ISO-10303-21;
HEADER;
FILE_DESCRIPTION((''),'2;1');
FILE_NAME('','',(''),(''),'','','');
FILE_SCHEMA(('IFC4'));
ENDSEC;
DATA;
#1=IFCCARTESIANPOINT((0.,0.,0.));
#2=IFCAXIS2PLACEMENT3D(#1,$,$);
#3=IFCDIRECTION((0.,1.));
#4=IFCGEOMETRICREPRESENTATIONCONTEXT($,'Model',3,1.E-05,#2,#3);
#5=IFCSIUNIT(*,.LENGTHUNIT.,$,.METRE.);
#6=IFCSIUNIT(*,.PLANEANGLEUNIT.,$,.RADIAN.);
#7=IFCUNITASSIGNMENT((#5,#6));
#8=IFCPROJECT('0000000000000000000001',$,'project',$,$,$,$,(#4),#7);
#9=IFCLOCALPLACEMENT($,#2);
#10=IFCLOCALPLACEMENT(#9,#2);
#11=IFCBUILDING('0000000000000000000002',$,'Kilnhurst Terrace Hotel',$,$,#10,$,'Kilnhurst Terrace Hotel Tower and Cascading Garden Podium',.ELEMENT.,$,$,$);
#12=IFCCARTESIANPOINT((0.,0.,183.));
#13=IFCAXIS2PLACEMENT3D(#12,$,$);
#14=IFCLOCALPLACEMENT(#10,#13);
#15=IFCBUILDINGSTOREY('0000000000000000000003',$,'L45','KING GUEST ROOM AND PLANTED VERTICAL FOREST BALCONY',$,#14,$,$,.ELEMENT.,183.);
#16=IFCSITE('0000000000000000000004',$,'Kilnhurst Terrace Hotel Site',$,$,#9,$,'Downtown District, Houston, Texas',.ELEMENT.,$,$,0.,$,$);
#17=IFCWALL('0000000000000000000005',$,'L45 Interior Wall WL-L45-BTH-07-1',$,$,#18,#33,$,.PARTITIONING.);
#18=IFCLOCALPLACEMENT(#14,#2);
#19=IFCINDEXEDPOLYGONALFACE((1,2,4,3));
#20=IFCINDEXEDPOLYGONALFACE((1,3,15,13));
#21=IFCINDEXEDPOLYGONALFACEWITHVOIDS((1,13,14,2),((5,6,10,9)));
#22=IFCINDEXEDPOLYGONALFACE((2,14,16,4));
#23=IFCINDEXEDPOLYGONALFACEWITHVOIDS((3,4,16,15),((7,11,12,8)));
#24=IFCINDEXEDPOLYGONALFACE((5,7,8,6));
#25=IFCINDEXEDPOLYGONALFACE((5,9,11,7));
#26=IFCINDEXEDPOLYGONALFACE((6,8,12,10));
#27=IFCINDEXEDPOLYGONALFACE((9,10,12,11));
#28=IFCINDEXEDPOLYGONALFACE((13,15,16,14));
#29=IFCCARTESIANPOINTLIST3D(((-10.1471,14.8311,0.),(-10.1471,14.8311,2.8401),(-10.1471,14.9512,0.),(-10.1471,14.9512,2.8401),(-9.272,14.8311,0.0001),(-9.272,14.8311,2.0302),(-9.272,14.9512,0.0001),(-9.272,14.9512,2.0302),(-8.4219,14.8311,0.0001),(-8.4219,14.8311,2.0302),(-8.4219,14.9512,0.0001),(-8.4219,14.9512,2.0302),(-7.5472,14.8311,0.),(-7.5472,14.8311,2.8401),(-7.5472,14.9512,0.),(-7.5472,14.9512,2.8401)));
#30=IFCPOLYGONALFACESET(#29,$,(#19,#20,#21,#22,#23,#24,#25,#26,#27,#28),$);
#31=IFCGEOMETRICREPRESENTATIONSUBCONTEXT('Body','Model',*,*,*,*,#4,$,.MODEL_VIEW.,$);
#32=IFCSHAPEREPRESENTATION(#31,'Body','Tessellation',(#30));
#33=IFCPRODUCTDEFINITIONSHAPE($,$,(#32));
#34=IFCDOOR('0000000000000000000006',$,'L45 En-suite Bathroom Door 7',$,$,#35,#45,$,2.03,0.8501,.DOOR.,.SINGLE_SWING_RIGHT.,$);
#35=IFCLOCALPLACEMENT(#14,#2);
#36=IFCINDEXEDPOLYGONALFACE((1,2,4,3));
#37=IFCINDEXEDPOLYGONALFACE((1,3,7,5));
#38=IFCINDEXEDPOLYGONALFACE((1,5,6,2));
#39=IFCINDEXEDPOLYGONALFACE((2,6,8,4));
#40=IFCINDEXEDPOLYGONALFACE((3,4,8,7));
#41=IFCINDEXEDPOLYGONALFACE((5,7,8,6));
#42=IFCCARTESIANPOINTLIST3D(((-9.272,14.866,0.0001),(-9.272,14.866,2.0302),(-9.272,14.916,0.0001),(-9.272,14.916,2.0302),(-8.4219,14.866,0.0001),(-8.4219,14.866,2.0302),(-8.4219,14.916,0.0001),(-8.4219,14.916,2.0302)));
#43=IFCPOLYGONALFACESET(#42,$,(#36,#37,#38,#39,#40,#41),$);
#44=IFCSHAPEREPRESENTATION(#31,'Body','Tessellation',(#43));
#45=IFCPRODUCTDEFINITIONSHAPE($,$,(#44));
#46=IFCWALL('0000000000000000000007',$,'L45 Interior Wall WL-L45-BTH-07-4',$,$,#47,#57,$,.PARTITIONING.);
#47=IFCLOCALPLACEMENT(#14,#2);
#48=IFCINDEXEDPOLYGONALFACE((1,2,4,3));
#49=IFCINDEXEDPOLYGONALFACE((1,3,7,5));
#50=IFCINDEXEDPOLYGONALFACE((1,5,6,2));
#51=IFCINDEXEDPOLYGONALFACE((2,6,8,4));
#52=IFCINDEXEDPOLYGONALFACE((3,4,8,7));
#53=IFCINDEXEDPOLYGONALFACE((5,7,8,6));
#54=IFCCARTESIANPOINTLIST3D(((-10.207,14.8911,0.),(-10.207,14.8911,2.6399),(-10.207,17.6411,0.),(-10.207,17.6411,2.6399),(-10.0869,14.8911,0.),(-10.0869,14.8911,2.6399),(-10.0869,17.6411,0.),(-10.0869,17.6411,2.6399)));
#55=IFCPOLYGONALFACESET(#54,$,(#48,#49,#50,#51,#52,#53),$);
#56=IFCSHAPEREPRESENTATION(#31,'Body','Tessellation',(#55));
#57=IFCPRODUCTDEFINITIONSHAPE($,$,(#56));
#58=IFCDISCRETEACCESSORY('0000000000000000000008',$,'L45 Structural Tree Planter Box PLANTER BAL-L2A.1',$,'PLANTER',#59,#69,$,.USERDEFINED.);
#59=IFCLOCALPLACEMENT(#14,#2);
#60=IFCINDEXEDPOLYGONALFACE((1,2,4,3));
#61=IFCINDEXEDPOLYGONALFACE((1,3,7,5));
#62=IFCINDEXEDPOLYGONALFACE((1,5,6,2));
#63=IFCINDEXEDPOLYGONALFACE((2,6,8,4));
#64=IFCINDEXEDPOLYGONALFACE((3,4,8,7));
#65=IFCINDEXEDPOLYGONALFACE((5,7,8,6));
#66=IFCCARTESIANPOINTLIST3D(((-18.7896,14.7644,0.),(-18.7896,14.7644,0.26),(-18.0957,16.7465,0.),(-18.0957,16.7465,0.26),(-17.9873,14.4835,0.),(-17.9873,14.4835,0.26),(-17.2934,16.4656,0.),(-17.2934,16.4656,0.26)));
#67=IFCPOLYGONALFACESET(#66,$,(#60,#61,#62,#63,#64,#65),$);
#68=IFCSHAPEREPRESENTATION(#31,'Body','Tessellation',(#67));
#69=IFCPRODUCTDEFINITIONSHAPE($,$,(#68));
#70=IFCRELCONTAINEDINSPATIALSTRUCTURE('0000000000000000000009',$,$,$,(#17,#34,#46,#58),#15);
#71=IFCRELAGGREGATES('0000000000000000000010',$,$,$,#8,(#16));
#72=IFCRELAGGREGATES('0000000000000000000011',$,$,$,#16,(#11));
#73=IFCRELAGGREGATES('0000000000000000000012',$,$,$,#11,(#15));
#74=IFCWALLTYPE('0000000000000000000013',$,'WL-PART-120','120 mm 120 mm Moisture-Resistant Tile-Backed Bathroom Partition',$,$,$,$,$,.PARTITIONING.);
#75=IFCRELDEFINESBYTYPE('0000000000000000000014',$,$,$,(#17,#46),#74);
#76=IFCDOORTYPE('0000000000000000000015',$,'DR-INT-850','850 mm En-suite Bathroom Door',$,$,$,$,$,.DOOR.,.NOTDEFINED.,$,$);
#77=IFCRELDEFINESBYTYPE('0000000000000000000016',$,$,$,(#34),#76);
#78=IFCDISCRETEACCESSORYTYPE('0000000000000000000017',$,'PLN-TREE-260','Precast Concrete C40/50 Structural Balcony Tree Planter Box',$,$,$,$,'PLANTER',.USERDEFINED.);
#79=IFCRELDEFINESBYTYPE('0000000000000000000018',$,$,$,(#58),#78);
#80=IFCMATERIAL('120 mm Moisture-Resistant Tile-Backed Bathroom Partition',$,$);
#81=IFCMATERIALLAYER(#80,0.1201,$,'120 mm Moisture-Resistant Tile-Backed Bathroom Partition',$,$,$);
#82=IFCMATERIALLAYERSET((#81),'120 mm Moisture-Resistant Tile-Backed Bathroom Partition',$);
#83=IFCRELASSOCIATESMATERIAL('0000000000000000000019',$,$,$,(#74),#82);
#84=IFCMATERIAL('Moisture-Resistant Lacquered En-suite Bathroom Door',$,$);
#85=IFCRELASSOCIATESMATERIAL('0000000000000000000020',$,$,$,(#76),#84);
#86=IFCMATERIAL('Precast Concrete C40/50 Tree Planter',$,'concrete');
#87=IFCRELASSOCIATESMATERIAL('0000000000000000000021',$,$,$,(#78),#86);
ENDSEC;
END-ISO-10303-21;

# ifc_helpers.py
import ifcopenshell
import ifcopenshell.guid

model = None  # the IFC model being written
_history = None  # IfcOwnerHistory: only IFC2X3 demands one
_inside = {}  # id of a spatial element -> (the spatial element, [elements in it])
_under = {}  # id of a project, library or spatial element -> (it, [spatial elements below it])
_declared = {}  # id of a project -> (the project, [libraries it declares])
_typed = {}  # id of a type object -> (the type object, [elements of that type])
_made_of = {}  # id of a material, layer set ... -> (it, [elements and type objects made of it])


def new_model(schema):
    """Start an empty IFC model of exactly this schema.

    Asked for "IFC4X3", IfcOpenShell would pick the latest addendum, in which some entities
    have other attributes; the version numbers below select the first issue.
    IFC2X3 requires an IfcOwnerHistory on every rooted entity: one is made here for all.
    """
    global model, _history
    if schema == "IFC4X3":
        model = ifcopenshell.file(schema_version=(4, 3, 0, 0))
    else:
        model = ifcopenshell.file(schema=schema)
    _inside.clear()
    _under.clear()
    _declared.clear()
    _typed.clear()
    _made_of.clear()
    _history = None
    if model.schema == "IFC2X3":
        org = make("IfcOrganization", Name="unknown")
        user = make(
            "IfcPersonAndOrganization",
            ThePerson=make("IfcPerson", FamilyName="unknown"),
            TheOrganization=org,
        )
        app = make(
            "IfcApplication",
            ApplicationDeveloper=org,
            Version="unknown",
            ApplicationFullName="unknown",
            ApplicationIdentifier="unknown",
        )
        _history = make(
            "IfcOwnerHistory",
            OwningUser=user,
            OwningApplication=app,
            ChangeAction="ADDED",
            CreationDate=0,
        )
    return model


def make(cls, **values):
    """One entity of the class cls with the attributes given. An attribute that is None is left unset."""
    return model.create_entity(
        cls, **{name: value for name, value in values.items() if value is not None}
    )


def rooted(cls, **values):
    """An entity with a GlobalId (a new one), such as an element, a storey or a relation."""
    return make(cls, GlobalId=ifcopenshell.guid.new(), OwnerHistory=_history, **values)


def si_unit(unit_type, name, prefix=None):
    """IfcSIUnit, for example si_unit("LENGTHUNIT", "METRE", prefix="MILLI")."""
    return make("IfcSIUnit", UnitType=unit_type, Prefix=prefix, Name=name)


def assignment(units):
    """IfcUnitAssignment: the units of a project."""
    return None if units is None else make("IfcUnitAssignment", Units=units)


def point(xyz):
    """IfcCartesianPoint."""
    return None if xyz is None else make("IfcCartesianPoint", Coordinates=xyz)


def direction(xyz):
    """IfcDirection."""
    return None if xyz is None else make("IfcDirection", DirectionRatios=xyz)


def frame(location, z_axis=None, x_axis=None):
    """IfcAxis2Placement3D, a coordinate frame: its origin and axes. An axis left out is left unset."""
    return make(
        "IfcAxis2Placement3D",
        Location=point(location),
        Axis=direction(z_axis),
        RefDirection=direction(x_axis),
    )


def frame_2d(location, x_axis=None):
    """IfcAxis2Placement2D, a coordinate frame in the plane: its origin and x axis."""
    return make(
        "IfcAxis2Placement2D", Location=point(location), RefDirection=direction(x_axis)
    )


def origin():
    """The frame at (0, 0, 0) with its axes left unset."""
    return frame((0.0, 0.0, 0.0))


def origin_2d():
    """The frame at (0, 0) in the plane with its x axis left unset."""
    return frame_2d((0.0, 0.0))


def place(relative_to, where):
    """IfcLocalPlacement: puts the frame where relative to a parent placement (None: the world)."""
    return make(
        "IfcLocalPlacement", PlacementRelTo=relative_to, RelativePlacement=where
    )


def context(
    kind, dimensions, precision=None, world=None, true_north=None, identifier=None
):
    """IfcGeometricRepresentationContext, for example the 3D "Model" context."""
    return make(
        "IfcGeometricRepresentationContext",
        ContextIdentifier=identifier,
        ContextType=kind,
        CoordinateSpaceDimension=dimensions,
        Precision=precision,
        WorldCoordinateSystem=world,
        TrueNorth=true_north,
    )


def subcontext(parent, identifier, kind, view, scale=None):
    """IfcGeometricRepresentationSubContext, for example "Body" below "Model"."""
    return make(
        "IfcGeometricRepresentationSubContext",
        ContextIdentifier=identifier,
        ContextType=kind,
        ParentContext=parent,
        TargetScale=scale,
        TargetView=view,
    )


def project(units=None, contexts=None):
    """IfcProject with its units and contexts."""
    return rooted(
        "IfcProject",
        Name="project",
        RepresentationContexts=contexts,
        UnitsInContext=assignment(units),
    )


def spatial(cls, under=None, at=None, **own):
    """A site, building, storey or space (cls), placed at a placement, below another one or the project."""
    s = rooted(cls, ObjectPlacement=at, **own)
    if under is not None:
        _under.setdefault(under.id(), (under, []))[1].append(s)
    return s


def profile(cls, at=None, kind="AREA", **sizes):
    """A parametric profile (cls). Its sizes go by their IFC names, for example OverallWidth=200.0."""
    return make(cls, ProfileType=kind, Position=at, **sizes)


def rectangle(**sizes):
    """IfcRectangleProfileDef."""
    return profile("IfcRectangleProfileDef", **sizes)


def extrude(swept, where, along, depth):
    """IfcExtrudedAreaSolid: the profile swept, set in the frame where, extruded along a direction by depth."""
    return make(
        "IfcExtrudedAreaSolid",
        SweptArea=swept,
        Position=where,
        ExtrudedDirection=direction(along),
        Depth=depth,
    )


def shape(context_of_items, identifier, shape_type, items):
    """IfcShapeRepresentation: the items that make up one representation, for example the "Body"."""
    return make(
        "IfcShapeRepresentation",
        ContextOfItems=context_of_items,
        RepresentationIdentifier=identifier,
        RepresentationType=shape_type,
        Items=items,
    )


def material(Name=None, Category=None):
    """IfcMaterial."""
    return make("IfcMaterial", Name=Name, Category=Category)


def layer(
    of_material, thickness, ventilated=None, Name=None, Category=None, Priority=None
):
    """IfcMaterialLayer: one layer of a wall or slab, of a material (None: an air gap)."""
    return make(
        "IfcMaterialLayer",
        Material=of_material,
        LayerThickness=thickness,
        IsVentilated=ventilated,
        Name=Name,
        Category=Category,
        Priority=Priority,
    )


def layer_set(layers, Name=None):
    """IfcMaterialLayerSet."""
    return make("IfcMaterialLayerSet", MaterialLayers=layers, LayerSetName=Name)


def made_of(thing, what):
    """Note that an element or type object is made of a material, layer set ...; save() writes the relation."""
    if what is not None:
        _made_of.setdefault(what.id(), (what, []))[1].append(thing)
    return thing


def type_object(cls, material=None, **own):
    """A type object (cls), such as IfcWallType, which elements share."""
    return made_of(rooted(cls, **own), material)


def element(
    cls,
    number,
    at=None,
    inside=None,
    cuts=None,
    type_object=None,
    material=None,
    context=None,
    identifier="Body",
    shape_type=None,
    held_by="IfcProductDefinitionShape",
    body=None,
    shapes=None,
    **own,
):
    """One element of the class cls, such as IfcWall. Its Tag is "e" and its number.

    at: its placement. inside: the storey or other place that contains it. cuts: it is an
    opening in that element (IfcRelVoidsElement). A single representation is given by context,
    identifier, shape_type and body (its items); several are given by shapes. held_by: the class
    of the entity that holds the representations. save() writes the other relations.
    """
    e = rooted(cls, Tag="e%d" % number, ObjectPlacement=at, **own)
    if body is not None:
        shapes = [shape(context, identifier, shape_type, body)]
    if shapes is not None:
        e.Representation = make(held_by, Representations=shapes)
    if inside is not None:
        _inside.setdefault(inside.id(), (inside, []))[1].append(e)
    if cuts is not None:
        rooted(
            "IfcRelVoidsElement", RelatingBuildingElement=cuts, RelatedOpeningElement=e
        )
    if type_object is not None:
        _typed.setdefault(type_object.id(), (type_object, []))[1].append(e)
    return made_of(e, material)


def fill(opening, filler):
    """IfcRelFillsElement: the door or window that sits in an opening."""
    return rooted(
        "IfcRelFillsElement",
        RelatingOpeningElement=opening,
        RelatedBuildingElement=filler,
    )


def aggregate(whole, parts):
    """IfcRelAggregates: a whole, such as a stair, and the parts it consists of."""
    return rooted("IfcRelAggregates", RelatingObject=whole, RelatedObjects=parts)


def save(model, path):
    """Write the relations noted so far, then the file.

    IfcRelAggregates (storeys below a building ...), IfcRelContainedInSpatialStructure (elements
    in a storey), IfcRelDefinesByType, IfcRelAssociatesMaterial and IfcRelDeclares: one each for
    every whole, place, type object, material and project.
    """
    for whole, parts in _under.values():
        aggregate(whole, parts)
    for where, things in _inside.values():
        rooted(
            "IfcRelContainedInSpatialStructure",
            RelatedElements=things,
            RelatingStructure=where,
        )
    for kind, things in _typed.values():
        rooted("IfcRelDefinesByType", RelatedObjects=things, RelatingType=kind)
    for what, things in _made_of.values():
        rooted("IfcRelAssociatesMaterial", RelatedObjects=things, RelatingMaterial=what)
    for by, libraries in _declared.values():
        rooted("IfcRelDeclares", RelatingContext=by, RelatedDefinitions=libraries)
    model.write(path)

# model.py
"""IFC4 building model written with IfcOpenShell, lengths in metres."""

from ifc_helpers import new_model, si_unit, direction, frame, frame_2d, origin, origin_2d, place, context, subcontext, project, spatial, rectangle, extrude, material, layer, layer_set, type_object, element, fill, save


model = new_model("IFC4")

# Units and contexts
model_context = context("Model", 3, precision=1e-05, world=origin(), true_north=direction((0.0, 1.0)))
body_context = subcontext(model_context, "Body", "Model", "MODEL_VIEW")
ifc_project = project(units=[si_unit("LENGTHUNIT", "METRE"), si_unit("PLANEANGLEUNIT", "RADIAN")], contexts=[model_context])

# Site, building, storey
site_placement = place(None, origin())
site = spatial("IfcSite", under=ifc_project, at=site_placement, Name="Kilnhurst Terrace Hotel Site", LongName="Downtown District, Houston, Texas", CompositionType="ELEMENT", RefElevation=0.0)
building_placement = place(site_placement, origin())
building = spatial("IfcBuilding", under=site, at=building_placement, Name="Kilnhurst Terrace Hotel", LongName="Kilnhurst Terrace Hotel Tower and Cascading Garden Podium", CompositionType="ELEMENT")
storey_placement = place(building_placement, frame((0.0, 0.0, 183.0)))
storey = spatial("IfcBuildingStorey", under=building, at=storey_placement, Name="L45", Description="KING GUEST ROOM AND PLANTED VERTICAL FOREST BALCONY", CompositionType="ELEMENT", Elevation=183.0)

# Wall, opening, door
ifc_material_1 = material(Name="120 mm Moisture-Resistant Tile-Backed Bathroom Partition")
ifc_layer_1 = layer(ifc_material_1, 0.1201, Name="120 mm Moisture-Resistant Tile-Backed Bathroom Partition")
ifc_layer_set_1 = layer_set([ifc_layer_1], Name="120 mm Moisture-Resistant Tile-Backed Bathroom Partition")
wall_type_1 = type_object("IfcWallType", Name="WL-PART-120", Description="120 mm 120 mm Moisture-Resistant Tile-Backed Bathroom Partition", PredefinedType="PARTITIONING", material=ifc_layer_set_1)
wall_1_placement = place(storey_placement, frame((-10.147, 14.8911, 0.0), z_axis=(0.0, 0.0, 1.0), x_axis=(1.0, 0.0, 0.0)))
wall_1 = element("IfcWall", 1, at=wall_1_placement, inside=storey, type_object=wall_type_1, Name="L45 Interior Wall WL-L45-BTH-07-1", PredefinedType="PARTITIONING", context=body_context, shape_type="SweptSolid", body=[
    extrude(rectangle(XDim=2.5999, YDim=0.1201, at=frame_2d((1.2998, 0.0))), origin(), (0.0, 0.0, 1.0), 2.8401),
])
opening_1_placement = place(wall_1_placement, frame((0.875, 0.0, 0.0)))
opening_1 = element("IfcOpeningElement", 2, at=opening_1_placement, cuts=wall_1, PredefinedType="OPENING", context=body_context, shape_type="SweptSolid", body=[
    extrude(rectangle(XDim=0.8501, YDim=2.03, at=frame_2d((0.425, 1.0151))), frame((0.0, 0.0701, 0.0), z_axis=(0.0, -1.0, 0.0), x_axis=(1.0, 0.0, 0.0)), (0.0, 0.0, 1.0), 0.1401),
])
ifc_material_2 = material(Name="Moisture-Resistant Lacquered En-suite Bathroom Door")
door_type_1 = type_object("IfcDoorType", Name="DR-INT-850", Description="850 mm En-suite Bathroom Door", OperationType="NOTDEFINED", PredefinedType="DOOR", material=ifc_material_2)
door_1_placement = place(opening_1_placement, origin())
door_1 = element("IfcDoor", 3, at=door_1_placement, inside=storey, type_object=door_type_1, Name="L45 En-suite Bathroom Door 7", OperationType="SINGLE_SWING_RIGHT", OverallHeight=2.03, OverallWidth=0.8501, PredefinedType="DOOR", context=body_context, shape_type="SweptSolid", body=[
    extrude(rectangle(XDim=0.8501, YDim=2.03, at=frame_2d((0.425, 1.0151))), frame((0.0, 0.0249, 0.0), z_axis=(0.0, -1.0, 0.0), x_axis=(1.0, 0.0, 0.0)), (0.0, 0.0, 1.0), 0.05),
])
fill(opening_1, door_1)

# Wall
wall_2_placement = place(storey_placement, frame((-10.147, 17.6411, 0.0), z_axis=(0.0, 0.0, 1.0), x_axis=(0.0, -1.0, 0.0)))
element("IfcWall", 4, at=wall_2_placement, inside=storey, type_object=wall_type_1, Name="L45 Interior Wall WL-L45-BTH-07-4", PredefinedType="PARTITIONING", context=body_context, shape_type="SweptSolid", body=[
    extrude(rectangle(XDim=2.75, YDim=0.1201, at=frame_2d((1.375, 0.0))), origin(), (0.0, 0.0, 1.0), 2.6399),
])

# Discrete accessory
ifc_material_3 = material(Name="Precast Concrete C40/50 Tree Planter", Category="concrete")
discrete_accessory_type = type_object("IfcDiscreteAccessoryType", Name="PLN-TREE-260", Description="Precast Concrete C40/50 Structural Balcony Tree Planter Box", ElementType="PLANTER", PredefinedType="USERDEFINED", material=ifc_material_3)
discrete_accessory_placement = place(storey_placement, frame((-18.0415, 15.615, 0.0), z_axis=(0.0, 0.0, 1.0), x_axis=(-0.330432, -0.94383, 0.0)))
element("IfcDiscreteAccessory", 5, at=discrete_accessory_placement, inside=storey, type_object=discrete_accessory_type, Name="L45 Structural Tree Planter Box PLANTER BAL-L2A.1", ObjectType="PLANTER", PredefinedType="USERDEFINED", context=body_context, shape_type="SweptSolid", body=[
    extrude(rectangle(XDim=2.1001, YDim=0.8501, at=origin_2d()), origin(), (0.0, 0.0, 1.0), 0.26),
])

save(model, "model.ifc")
